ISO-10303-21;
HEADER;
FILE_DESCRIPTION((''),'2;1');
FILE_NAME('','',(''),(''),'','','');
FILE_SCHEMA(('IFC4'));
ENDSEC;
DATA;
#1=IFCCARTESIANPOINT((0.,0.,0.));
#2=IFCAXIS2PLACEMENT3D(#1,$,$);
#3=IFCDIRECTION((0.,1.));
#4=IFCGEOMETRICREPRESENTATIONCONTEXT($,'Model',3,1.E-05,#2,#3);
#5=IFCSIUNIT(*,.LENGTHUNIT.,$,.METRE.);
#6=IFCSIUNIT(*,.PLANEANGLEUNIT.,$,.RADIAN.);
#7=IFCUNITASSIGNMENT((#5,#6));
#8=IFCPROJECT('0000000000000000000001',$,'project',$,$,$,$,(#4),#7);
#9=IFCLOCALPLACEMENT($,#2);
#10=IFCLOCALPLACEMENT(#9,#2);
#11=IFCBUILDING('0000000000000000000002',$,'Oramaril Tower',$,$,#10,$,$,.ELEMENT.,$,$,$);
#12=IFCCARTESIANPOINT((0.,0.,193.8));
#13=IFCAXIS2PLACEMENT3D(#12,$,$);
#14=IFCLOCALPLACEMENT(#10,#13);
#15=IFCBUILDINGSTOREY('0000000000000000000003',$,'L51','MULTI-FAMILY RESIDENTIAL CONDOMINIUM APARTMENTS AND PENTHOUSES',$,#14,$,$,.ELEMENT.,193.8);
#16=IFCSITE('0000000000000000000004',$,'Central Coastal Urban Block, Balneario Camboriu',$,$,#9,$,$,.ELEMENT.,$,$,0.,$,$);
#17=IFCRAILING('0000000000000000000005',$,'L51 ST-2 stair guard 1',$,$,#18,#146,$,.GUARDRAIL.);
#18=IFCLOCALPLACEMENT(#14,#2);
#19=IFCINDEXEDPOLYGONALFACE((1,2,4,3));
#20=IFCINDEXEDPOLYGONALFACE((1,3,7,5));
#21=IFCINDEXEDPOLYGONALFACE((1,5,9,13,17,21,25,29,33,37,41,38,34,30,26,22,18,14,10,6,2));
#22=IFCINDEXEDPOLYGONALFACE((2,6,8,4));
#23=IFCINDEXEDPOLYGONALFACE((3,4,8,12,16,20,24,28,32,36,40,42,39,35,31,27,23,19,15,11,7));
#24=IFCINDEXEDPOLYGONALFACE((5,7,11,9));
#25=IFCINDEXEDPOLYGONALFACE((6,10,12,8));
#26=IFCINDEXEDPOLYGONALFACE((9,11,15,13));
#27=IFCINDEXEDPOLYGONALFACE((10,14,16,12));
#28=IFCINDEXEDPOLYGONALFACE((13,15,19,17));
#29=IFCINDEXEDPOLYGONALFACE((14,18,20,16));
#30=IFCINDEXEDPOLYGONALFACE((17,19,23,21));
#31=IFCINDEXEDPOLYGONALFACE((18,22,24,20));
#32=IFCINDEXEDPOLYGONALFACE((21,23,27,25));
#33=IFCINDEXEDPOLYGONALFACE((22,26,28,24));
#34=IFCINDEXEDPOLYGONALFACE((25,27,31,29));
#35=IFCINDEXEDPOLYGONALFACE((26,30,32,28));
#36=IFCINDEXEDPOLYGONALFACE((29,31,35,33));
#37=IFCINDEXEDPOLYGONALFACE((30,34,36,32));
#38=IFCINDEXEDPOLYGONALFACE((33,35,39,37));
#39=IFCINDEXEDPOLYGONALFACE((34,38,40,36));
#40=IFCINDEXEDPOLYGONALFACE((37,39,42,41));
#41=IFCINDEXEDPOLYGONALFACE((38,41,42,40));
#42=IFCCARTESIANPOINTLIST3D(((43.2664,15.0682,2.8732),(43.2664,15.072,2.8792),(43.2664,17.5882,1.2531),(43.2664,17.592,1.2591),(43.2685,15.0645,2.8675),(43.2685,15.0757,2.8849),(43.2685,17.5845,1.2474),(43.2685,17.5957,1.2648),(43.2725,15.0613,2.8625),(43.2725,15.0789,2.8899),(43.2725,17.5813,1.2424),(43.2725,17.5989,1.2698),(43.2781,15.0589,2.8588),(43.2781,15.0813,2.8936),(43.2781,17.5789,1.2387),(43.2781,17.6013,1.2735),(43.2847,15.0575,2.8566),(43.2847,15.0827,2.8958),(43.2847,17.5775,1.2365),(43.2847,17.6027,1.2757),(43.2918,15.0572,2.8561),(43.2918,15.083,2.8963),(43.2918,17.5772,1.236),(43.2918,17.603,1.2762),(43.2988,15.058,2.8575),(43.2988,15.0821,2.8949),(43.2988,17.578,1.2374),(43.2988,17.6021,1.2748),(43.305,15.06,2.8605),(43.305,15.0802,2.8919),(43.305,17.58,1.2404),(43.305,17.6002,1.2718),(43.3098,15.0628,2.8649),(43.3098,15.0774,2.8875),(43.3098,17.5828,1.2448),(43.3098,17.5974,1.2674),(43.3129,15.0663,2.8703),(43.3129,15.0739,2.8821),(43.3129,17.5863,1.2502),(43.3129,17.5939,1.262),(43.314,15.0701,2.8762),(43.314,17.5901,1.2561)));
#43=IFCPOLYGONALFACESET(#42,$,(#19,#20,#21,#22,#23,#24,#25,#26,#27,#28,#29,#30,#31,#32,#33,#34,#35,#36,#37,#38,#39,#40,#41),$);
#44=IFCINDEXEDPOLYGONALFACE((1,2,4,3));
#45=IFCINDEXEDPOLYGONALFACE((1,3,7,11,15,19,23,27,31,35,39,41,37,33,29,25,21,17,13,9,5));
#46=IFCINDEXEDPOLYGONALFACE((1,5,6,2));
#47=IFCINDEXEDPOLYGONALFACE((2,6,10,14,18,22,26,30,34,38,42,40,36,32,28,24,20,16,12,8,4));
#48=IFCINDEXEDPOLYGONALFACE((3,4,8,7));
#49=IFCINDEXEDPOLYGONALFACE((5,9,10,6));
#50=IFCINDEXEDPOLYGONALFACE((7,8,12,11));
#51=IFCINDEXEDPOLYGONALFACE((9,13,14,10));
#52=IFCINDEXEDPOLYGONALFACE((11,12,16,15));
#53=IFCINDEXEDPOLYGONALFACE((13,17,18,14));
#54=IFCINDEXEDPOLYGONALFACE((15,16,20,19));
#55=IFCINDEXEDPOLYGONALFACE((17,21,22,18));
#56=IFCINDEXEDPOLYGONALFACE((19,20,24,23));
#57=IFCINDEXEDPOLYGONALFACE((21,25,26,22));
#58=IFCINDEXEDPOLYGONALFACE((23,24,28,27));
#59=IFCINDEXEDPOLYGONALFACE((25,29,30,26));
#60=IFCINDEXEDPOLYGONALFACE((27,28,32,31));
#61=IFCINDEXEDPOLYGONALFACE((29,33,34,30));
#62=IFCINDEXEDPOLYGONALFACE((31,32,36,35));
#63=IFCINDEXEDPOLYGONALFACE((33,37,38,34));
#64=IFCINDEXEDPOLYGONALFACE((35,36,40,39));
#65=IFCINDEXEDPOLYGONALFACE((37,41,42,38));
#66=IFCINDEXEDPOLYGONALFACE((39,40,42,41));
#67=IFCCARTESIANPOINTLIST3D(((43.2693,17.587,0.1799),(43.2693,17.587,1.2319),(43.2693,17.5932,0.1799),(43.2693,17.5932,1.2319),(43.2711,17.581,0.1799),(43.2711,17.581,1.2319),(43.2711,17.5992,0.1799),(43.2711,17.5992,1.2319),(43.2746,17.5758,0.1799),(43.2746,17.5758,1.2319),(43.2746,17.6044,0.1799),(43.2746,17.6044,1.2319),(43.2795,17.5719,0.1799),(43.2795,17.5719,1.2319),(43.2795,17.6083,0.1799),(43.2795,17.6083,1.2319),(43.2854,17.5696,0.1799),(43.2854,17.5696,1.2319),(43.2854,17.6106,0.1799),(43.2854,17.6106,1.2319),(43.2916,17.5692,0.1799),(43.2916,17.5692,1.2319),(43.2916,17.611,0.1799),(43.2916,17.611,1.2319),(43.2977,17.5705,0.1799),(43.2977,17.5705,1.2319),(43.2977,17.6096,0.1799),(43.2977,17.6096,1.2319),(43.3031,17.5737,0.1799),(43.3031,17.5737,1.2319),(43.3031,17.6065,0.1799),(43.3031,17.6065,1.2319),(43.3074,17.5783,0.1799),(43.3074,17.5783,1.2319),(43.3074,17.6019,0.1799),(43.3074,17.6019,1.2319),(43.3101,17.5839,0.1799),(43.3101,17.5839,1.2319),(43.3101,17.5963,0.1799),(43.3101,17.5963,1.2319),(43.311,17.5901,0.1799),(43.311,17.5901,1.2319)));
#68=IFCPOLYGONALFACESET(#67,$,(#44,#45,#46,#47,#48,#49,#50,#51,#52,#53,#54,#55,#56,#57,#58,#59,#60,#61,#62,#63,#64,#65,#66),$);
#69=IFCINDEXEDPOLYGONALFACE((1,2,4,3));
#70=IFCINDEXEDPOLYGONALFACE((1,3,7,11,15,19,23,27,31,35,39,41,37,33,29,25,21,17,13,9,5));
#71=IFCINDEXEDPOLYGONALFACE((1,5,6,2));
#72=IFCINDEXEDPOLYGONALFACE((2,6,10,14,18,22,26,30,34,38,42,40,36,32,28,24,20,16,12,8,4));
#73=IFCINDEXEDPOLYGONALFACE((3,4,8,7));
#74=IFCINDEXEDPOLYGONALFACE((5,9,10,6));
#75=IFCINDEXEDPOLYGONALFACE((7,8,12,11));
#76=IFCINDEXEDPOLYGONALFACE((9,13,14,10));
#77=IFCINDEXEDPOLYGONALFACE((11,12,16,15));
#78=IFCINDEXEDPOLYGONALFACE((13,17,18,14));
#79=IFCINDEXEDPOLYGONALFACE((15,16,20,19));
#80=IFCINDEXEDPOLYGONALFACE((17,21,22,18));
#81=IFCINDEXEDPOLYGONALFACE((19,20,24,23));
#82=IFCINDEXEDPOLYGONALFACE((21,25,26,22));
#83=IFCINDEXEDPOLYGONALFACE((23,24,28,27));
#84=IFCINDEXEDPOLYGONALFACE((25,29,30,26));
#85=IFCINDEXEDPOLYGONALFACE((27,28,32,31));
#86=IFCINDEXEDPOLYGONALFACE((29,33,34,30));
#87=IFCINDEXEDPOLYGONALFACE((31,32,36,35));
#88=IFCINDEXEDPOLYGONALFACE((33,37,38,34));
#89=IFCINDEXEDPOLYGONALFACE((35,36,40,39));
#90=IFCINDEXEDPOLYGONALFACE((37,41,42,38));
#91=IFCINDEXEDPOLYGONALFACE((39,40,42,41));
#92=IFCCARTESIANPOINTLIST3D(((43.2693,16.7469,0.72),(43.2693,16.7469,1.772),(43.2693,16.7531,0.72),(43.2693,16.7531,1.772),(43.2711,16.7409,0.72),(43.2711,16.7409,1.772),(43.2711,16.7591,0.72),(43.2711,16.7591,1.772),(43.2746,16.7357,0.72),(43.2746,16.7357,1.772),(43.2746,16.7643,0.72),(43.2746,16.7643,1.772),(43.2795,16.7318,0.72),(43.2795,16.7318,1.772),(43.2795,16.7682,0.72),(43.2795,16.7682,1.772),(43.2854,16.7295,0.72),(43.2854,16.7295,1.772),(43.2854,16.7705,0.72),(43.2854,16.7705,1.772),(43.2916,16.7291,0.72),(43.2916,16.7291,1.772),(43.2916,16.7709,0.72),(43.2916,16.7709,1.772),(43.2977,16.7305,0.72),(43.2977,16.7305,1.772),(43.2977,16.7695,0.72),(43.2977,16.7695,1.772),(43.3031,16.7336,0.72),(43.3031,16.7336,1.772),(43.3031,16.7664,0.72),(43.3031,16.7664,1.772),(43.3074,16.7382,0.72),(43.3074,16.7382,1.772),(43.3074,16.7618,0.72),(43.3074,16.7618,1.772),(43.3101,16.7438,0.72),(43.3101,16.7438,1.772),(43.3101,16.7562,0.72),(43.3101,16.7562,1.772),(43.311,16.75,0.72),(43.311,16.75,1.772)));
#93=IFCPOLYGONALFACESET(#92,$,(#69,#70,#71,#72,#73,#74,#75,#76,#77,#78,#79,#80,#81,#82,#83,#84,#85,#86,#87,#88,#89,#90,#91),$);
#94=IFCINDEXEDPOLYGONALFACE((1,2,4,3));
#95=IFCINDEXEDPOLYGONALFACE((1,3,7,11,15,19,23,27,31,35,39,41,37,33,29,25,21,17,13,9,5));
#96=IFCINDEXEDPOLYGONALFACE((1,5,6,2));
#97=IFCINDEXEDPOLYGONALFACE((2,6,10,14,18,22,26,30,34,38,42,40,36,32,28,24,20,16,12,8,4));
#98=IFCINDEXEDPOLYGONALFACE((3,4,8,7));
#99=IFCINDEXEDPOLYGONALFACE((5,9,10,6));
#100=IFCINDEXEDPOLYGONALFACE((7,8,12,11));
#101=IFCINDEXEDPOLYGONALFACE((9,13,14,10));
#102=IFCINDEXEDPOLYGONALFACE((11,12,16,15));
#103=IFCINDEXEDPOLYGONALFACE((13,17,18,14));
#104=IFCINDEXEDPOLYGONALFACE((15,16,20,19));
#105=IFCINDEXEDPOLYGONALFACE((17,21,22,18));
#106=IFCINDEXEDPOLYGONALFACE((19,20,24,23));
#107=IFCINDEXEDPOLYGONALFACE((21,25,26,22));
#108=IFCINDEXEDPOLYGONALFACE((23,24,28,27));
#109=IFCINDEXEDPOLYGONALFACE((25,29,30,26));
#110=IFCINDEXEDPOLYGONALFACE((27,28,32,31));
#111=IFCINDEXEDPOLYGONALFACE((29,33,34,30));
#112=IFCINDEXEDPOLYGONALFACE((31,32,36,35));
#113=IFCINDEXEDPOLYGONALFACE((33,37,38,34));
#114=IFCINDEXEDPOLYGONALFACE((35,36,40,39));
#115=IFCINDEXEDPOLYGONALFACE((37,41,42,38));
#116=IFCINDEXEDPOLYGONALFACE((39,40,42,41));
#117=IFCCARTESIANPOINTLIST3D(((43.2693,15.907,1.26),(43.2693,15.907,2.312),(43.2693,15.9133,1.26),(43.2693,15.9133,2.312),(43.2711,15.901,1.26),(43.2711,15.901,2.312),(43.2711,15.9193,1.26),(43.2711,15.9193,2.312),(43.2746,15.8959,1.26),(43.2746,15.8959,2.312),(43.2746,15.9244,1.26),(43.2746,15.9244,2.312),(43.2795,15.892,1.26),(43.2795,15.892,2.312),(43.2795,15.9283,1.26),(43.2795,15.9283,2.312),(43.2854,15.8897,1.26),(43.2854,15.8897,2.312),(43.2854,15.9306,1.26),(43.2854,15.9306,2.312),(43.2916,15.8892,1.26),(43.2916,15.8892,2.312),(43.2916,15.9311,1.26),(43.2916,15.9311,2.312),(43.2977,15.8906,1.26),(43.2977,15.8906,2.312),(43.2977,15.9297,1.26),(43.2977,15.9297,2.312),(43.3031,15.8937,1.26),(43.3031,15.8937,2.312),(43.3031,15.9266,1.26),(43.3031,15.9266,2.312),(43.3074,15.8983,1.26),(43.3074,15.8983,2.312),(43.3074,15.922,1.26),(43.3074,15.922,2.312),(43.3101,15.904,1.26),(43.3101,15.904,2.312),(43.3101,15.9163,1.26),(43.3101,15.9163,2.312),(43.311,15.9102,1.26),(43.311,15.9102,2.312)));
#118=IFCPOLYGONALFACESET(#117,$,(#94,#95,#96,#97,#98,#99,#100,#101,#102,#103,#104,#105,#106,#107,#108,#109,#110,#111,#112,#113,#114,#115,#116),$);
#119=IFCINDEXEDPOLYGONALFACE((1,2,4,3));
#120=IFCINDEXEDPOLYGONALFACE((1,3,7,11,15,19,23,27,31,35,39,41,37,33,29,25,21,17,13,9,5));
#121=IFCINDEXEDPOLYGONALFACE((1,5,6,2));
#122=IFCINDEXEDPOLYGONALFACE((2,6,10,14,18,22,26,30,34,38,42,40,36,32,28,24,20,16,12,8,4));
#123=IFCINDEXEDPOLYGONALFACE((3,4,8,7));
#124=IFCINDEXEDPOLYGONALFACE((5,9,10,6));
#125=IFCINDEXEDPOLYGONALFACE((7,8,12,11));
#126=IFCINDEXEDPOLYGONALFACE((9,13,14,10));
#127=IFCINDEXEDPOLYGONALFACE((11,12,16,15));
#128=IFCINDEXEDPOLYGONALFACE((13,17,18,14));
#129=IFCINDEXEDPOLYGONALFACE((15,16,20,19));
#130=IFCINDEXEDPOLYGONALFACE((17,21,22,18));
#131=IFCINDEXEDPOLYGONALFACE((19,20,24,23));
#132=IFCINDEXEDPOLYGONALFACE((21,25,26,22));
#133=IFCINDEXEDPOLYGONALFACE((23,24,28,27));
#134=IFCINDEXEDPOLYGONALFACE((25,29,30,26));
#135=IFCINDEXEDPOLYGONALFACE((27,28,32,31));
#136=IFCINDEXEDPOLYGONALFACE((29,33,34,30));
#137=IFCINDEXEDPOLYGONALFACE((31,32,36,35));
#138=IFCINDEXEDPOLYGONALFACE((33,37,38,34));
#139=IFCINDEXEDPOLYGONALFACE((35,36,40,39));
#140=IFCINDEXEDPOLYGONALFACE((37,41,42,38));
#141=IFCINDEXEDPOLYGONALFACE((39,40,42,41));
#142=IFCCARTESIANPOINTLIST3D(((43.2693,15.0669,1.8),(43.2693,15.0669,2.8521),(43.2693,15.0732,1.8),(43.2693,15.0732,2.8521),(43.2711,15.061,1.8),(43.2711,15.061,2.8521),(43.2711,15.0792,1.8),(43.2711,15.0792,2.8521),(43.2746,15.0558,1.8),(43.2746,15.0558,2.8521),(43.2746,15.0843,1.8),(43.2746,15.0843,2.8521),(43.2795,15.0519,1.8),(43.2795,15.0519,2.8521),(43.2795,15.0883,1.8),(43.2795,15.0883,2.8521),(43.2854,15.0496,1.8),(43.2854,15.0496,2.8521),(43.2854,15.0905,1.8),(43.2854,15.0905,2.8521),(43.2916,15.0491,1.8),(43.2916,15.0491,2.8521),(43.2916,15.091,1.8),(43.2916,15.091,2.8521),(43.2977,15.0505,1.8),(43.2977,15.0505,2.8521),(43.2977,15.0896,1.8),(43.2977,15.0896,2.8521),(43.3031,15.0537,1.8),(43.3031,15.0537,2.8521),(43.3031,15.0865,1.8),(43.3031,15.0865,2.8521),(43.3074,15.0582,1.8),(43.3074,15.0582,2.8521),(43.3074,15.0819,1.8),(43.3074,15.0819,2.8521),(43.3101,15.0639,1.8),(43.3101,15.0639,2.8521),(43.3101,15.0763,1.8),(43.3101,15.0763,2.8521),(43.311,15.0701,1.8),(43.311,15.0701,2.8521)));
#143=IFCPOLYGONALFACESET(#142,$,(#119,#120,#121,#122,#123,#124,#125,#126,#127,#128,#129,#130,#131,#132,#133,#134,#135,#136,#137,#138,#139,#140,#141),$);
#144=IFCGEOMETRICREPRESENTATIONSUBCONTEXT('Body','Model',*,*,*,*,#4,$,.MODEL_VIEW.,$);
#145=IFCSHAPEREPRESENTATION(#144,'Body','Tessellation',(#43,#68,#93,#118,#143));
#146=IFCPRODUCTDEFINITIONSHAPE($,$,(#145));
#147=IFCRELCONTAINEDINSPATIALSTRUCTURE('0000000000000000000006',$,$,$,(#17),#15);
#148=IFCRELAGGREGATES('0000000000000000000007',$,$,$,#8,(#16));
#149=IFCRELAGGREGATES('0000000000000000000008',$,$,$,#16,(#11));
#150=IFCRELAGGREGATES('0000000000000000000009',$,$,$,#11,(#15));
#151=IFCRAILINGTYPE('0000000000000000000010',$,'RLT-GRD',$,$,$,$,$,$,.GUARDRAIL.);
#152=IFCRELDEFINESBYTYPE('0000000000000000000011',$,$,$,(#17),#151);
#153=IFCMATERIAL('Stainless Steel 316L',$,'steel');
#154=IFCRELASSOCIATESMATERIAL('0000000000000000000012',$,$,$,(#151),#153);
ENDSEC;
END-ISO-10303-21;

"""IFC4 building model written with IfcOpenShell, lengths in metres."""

from ifc_helpers import new_model, si_unit, direction, frame, origin, origin_2d, place, context, subcontext, project, spatial, circle, extrude, material, type_object, element, save


model = new_model("IFC4")

# Units and contexts
model_context = context("Model", 3, precision=1e-05, world=origin(), true_north=direction((0.0, 1.0)))
body_context = subcontext(model_context, "Body", "Model", "MODEL_VIEW")
ifc_project = project(units=[si_unit("LENGTHUNIT", "METRE"), si_unit("PLANEANGLEUNIT", "RADIAN")], contexts=[model_context])

# Site, building, storey
site_placement = place(None, origin())
site = spatial("IfcSite", under=ifc_project, at=site_placement, Name="Central Coastal Urban Block, Balneario Camboriu", CompositionType="ELEMENT", RefElevation=0.0)
building_placement = place(site_placement, origin())
building = spatial("IfcBuilding", under=site, at=building_placement, Name="Oramaril Tower", CompositionType="ELEMENT")
storey_placement = place(building_placement, frame((0.0, 0.0, 193.8)))
storey = spatial("IfcBuildingStorey", under=building, at=storey_placement, Name="L51", Description="MULTI-FAMILY RESIDENTIAL CONDOMINIUM APARTMENTS AND PENTHOUSES", CompositionType="ELEMENT", Elevation=193.8)

# Railing
ifc_material_1 = material(Name="Stainless Steel 316L", Category="steel")
railing_type = type_object("IfcRailingType", Name="RLT-GRD", PredefinedType="GUARDRAIL", material=ifc_material_1)
railing_1_placement = place(storey_placement, frame((43.29, 17.5901, 0.1799)))
element("IfcRailing", 1, at=railing_1_placement, inside=storey, type_object=railing_type, Name="L51 ST-2 stair guard 1", PredefinedType="GUARDRAIL", context=body_context, shape_type="SweptSolid", body=[
    extrude(circle(Radius=0.0239, at=origin_2d()), frame((0.0, 0.0, 1.0762), z_axis=(0.0, -0.841163, 0.540782), x_axis=(1.0, 0.0, 0.0)), (0.0, 0.0, 1.0), 2.9958),
    extrude(circle(Radius=0.021, at=origin_2d()), origin(), (0.0, 0.0, 1.0), 1.052),
    extrude(circle(Radius=0.021, at=origin_2d()), frame((0.0, -0.8401, 0.54)), (0.0, 0.0, 1.0), 1.052),
    extrude(circle(Radius=0.021, at=origin_2d()), frame((0.0, -1.6799, 1.0801)), (0.0, 0.0, 1.0), 1.052),
    extrude(circle(Radius=0.021, at=origin_2d()), frame((0.0, -2.52, 1.6201)), (0.0, 0.0, 1.0), 1.052),
])

save(model, "model.ifc")
